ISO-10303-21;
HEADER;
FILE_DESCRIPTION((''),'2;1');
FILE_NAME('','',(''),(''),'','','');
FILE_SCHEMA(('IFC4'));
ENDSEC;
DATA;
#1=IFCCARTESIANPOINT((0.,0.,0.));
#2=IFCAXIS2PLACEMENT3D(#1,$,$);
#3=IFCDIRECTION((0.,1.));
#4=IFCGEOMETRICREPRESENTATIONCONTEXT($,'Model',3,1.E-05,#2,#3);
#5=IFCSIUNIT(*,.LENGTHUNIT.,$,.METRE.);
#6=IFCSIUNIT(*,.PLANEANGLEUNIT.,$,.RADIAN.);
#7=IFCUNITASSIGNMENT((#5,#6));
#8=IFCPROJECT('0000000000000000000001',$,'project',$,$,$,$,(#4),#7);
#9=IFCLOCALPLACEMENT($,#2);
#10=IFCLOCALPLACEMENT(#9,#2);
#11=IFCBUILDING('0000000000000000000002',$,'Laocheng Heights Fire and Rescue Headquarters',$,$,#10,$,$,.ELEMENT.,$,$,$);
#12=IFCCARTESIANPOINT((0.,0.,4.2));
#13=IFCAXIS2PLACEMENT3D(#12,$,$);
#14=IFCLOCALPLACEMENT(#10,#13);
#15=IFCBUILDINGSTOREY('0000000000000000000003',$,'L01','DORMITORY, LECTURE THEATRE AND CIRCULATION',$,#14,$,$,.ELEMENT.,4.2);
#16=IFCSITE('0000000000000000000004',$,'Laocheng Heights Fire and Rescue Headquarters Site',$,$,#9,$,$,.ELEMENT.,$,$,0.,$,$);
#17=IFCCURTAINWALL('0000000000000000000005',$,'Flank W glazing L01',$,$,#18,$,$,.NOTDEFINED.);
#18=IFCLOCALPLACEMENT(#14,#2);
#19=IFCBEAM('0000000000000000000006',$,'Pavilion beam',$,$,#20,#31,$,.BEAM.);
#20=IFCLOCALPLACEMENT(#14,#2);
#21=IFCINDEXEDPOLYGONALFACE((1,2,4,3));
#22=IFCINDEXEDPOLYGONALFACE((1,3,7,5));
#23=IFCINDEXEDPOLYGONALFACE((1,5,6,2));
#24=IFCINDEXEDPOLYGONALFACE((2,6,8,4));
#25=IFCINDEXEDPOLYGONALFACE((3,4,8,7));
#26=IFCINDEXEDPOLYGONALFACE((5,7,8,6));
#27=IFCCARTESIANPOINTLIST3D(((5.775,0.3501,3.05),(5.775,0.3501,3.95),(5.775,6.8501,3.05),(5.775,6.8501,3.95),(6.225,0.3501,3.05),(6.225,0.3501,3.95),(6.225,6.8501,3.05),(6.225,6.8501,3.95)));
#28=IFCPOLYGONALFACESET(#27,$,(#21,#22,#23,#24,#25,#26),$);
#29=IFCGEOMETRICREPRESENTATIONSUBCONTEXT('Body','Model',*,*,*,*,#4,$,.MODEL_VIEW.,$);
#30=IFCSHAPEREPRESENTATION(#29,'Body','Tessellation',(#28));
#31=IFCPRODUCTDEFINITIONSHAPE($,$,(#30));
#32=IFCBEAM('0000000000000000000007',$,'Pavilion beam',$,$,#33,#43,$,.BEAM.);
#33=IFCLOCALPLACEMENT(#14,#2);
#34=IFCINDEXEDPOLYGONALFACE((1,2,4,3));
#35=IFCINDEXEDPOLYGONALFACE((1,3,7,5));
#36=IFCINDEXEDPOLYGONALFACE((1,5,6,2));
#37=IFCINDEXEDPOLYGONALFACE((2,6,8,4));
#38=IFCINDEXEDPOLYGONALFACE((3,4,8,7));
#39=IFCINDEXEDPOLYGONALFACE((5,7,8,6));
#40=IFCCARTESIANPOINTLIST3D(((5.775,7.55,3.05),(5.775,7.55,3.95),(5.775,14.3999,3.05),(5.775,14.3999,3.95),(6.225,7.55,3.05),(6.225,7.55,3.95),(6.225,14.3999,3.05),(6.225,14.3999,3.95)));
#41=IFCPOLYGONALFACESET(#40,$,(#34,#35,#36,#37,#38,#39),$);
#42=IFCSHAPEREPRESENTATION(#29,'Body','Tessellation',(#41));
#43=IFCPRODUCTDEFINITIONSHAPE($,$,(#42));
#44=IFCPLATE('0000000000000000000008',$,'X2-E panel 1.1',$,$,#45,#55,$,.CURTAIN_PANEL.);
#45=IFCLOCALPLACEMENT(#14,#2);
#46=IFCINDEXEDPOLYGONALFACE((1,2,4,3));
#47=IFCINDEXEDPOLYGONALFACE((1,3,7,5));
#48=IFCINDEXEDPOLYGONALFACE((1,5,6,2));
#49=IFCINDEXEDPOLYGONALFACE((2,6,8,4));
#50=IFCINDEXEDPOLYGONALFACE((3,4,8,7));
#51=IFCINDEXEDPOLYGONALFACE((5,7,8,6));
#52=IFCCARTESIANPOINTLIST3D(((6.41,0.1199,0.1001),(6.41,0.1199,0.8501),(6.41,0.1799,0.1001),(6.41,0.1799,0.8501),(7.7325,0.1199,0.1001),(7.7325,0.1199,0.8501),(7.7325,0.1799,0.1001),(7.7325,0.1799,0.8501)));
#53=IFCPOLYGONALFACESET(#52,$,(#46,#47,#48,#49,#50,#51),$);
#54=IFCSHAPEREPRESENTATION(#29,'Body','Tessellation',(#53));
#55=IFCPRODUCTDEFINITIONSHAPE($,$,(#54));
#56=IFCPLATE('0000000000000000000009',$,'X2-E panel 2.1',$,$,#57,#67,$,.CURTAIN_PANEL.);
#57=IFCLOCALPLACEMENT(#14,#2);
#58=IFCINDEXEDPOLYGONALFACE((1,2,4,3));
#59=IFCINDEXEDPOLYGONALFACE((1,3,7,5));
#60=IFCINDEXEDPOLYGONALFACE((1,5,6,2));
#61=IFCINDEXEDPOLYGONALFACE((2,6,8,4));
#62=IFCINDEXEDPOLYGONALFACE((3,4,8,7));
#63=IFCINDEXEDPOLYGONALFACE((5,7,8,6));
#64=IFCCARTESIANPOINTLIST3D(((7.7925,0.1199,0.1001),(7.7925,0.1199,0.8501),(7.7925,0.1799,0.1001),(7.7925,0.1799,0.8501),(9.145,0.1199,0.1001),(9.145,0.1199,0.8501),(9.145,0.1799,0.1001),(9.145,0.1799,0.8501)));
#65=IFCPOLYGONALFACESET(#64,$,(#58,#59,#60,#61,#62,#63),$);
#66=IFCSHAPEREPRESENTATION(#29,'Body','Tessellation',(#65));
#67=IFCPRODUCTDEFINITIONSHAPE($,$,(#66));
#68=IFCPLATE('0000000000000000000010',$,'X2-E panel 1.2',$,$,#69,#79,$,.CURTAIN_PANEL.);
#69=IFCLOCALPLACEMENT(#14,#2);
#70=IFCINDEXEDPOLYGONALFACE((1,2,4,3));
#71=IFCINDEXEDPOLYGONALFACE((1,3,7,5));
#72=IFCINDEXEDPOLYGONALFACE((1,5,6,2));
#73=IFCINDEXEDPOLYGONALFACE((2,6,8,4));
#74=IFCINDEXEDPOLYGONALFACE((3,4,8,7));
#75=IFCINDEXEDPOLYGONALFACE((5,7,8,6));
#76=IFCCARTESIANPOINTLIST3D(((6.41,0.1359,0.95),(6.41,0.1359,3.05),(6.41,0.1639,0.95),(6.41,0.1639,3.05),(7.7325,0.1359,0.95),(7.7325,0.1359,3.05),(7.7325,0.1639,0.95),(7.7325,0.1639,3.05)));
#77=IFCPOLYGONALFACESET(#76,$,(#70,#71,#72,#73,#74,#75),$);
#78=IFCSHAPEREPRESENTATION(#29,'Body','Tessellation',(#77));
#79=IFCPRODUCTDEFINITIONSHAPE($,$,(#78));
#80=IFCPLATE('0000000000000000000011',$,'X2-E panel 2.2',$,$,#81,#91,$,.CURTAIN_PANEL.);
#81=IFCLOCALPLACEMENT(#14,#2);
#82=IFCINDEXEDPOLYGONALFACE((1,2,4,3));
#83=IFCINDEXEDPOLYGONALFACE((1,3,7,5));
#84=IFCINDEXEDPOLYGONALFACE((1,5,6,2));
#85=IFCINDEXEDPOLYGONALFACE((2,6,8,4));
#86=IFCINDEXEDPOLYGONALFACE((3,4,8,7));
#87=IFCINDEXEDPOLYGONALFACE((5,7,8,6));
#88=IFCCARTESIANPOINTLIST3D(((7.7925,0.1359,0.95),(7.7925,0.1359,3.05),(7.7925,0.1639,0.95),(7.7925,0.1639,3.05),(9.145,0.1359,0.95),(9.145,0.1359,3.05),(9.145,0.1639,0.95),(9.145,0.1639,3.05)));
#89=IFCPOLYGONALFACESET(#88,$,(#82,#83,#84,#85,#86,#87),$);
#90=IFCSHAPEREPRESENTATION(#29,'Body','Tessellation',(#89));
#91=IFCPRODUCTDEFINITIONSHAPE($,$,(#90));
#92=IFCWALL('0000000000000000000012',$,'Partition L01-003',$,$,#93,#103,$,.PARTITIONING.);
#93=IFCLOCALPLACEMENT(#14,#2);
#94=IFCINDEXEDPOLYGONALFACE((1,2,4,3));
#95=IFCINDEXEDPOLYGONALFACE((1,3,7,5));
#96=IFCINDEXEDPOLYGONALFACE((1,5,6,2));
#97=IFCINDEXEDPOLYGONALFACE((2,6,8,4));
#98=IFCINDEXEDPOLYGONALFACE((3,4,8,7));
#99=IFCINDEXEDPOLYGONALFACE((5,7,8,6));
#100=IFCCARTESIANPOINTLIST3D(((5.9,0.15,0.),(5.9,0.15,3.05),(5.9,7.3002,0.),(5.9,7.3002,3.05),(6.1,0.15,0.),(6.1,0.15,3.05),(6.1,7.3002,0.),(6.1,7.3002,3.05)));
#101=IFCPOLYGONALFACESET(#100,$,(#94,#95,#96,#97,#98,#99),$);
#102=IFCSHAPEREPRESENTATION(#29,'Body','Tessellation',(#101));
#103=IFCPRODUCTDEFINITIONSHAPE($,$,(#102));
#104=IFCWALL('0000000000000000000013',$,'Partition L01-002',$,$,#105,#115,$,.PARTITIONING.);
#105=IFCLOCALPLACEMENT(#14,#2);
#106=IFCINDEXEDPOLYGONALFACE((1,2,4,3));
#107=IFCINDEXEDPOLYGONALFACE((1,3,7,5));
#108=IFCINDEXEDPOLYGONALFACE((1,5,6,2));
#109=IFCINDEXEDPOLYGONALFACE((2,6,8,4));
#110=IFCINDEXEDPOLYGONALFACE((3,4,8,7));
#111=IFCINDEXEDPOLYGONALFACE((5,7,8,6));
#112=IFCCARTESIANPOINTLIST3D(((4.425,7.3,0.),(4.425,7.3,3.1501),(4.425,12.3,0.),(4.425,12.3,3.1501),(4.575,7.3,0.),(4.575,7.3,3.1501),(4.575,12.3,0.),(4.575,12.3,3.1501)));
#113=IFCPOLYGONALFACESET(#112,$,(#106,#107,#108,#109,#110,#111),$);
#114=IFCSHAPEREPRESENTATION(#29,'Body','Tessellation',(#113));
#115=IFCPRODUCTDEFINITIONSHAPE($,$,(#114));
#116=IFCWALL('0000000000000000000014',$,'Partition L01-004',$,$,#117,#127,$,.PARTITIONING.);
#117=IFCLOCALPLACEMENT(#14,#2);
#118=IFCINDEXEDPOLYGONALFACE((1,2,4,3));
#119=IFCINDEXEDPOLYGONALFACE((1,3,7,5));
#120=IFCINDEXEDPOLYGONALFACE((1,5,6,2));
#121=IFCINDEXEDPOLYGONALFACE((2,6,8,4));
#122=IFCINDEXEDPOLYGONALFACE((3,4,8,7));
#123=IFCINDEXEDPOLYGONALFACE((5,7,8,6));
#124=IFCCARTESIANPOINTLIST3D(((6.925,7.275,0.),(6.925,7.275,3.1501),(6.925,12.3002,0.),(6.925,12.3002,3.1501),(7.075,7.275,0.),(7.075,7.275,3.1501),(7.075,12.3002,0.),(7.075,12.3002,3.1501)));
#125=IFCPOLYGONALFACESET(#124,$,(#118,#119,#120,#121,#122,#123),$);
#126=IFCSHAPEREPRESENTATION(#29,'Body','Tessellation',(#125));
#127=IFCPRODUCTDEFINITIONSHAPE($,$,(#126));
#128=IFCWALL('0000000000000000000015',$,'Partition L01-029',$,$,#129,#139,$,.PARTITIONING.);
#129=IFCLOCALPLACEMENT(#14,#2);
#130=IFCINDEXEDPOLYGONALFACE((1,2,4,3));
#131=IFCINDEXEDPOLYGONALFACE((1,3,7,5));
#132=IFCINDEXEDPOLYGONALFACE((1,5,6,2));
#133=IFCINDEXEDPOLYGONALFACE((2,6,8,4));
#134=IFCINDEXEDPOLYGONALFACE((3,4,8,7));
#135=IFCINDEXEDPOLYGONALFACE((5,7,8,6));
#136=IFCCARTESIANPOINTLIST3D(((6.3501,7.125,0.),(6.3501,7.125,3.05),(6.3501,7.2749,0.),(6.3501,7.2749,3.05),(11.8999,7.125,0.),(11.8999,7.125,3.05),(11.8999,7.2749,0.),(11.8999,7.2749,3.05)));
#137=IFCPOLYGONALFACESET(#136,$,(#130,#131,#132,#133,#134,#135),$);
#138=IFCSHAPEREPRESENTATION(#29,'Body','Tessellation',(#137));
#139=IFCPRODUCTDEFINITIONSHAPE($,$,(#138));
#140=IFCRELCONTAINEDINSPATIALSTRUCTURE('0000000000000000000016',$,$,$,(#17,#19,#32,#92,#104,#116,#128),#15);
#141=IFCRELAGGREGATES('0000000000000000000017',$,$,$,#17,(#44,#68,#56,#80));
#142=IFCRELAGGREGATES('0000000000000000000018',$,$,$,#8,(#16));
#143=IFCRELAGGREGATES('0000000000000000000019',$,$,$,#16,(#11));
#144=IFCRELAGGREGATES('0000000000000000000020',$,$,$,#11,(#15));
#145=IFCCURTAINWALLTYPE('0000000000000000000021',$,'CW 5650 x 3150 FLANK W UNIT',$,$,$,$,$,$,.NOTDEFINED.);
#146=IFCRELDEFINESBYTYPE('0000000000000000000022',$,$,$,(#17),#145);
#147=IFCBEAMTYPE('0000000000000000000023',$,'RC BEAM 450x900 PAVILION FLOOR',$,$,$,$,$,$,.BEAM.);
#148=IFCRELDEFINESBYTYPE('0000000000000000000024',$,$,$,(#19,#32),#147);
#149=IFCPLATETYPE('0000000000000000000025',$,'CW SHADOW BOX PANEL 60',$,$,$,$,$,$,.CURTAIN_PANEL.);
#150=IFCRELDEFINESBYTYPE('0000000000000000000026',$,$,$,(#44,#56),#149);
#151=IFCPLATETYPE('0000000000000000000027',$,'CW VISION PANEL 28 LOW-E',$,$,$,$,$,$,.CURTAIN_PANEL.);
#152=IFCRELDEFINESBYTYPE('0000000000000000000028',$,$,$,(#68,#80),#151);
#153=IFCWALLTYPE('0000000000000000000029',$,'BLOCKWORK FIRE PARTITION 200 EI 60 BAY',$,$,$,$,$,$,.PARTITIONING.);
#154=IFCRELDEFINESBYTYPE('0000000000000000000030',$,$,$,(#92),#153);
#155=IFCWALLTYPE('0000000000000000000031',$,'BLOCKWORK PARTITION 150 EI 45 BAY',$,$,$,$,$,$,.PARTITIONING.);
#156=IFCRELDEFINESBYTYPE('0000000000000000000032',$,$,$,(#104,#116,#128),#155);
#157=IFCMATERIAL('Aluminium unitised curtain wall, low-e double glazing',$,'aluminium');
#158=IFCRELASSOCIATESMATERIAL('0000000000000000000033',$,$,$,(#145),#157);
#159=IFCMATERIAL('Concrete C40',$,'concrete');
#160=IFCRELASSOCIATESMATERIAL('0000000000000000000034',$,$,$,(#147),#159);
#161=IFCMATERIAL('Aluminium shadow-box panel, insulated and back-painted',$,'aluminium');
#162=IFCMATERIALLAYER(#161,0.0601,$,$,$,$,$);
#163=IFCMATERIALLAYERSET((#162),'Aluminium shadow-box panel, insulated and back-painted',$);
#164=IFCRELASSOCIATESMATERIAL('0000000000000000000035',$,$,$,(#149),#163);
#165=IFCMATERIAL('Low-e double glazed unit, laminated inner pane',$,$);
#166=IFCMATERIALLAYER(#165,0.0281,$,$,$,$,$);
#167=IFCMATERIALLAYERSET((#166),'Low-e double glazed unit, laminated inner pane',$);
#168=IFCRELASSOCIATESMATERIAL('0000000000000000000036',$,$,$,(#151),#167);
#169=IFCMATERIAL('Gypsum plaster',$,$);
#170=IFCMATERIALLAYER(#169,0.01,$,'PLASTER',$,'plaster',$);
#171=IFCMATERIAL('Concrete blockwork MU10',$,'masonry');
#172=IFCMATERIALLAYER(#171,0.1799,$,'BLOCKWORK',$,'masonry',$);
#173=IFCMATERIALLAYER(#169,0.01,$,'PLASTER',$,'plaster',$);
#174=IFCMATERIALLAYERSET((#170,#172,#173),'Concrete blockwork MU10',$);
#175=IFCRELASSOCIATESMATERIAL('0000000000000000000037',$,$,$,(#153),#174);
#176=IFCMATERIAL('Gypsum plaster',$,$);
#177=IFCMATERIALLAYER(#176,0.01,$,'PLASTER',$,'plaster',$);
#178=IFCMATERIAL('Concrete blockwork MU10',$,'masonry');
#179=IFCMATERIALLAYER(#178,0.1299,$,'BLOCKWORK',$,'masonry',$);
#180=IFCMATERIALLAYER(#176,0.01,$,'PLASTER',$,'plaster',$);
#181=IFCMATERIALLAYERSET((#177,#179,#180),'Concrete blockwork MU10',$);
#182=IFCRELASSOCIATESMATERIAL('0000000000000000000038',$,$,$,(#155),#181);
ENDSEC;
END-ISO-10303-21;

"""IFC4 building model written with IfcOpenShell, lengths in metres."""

from ifc_helpers import new_model, si_unit, direction, frame, frame_2d, origin, origin_2d, place, context, subcontext, project, spatial, rectangle, extrude, material, layer, layer_set, material_profile, profile_set, type_object, element, aggregate, save


model = new_model("IFC4")

# Units and contexts
model_context = context("Model", 3, precision=1e-05, world=origin(), true_north=direction((0.0, 1.0)))
body_context = subcontext(model_context, "Body", "Model", "MODEL_VIEW")
ifc_project = project(units=[si_unit("LENGTHUNIT", "METRE"), si_unit("PLANEANGLEUNIT", "RADIAN")], contexts=[model_context])

# Site, building, storey
site_placement = place(None, origin())
site = spatial("IfcSite", under=ifc_project, at=site_placement, Name="Laocheng Heights Fire and Rescue Headquarters Site", CompositionType="ELEMENT", RefElevation=0.0)
building_placement = place(site_placement, origin())
building = spatial("IfcBuilding", under=site, at=building_placement, Name="Laocheng Heights Fire and Rescue Headquarters", CompositionType="ELEMENT")
storey_placement = place(building_placement, frame((0.0, 0.0, 4.2)))
storey = spatial("IfcBuildingStorey", under=building, at=storey_placement, Name="L01", Description="DORMITORY, LECTURE THEATRE AND CIRCULATION", CompositionType="ELEMENT", Elevation=4.2)

# Curtain wall
ifc_material_1 = material(Name="Aluminium unitised curtain wall, low-e double glazing", Category="aluminium")
curtain_wall_type = type_object("IfcCurtainWallType", Name="CW 5650 x 3150 FLANK W UNIT", PredefinedType="NOTDEFINED", material=ifc_material_1)
curtain_wall_placement = place(storey_placement, origin())
curtain_wall = element("IfcCurtainWall", 1, at=curtain_wall_placement, inside=storey, type_object=curtain_wall_type, Name="Flank W glazing L01", PredefinedType="NOTDEFINED")

# Beams
ifc_material_2 = material(Name="Concrete C40", Category="concrete")
ifc_material_profile_1 = material_profile(ifc_material_2, rectangle(XDim=0.45, YDim=0.8999, at=origin_2d()), Name="RC BEAM 450x900 PAVILION FLOOR")
ifc_profile_set_1 = profile_set([ifc_material_profile_1], Name="Concrete C40")
beam_type_1 = type_object("IfcBeamType", Name="RC BEAM 450x900 PAVILION FLOOR", PredefinedType="BEAM", material=ifc_profile_set_1)
beam_1_placement = place(storey_placement, frame((6.0, 0.3501, 3.5), z_axis=(0.0, 1.0, 0.0), x_axis=(-1.0, 0.0, 0.0)))
element("IfcBeam", 2, at=beam_1_placement, inside=storey, type_object=beam_type_1, Name="Pavilion beam", PredefinedType="BEAM", context=body_context, shape_type="SweptSolid", body=[
    extrude(rectangle(XDim=0.45, YDim=0.8999, at=origin_2d()), origin(), (0.0, 0.0, 1.0), 6.5),
])
beam_2_placement = place(storey_placement, frame((6.0, 7.55, 3.5), z_axis=(0.0, 1.0, 0.0), x_axis=(-1.0, 0.0, 0.0)))
element("IfcBeam", 3, at=beam_2_placement, inside=storey, type_object=beam_type_1, Name="Pavilion beam", PredefinedType="BEAM", context=body_context, shape_type="SweptSolid", body=[
    extrude(rectangle(XDim=0.45, YDim=0.8999, at=origin_2d()), origin(), (0.0, 0.0, 1.0), 6.8499),
])

# Plates
ifc_material_3 = material(Name="Aluminium shadow-box panel, insulated and back-painted", Category="aluminium")
ifc_layer_1 = layer(ifc_material_3, 0.0601)
ifc_layer_set_1 = layer_set([ifc_layer_1], Name="Aluminium shadow-box panel, insulated and back-painted")
plate_type_1 = type_object("IfcPlateType", Name="CW SHADOW BOX PANEL 60", PredefinedType="CURTAIN_PANEL", material=ifc_layer_set_1)
plate_1_placement = place(storey_placement, frame((7.0713, 0.1499, 0.1001), z_axis=(0.0, 0.0, 1.0), x_axis=(1.0, 0.0, 0.0)))
plate_1 = element("IfcPlate", 4, at=plate_1_placement, type_object=plate_type_1, Name="X2-E panel 1.1", PredefinedType="CURTAIN_PANEL", context=body_context, shape_type="SweptSolid", body=[
    extrude(rectangle(XDim=1.3225, YDim=0.0601, at=origin_2d()), origin(), (0.0, 0.0, 1.0), 0.75),
])
plate_2_placement = place(storey_placement, frame((8.4688, 0.1499, 0.1001), z_axis=(0.0, 0.0, 1.0), x_axis=(1.0, 0.0, 0.0)))
plate_2 = element("IfcPlate", 5, at=plate_2_placement, type_object=plate_type_1, Name="X2-E panel 2.1", PredefinedType="CURTAIN_PANEL", context=body_context, shape_type="SweptSolid", body=[
    extrude(rectangle(XDim=1.3525, YDim=0.0601, at=origin_2d()), origin(), (0.0, 0.0, 1.0), 0.75),
])
ifc_material_4 = material(Name="Low-e double glazed unit, laminated inner pane")
ifc_layer_2 = layer(ifc_material_4, 0.0281)
ifc_layer_set_2 = layer_set([ifc_layer_2], Name="Low-e double glazed unit, laminated inner pane")
plate_type_2 = type_object("IfcPlateType", Name="CW VISION PANEL 28 LOW-E", PredefinedType="CURTAIN_PANEL", material=ifc_layer_set_2)
plate_3_placement = place(storey_placement, frame((7.0713, 0.1499, 0.95), z_axis=(0.0, 0.0, 1.0), x_axis=(1.0, 0.0, 0.0)))
plate_3 = element("IfcPlate", 6, at=plate_3_placement, type_object=plate_type_2, Name="X2-E panel 1.2", PredefinedType="CURTAIN_PANEL", context=body_context, shape_type="SweptSolid", body=[
    extrude(rectangle(XDim=1.3225, YDim=0.0281, at=origin_2d()), origin(), (0.0, 0.0, 1.0), 2.1001),
])
plate_4_placement = place(storey_placement, frame((8.4688, 0.1499, 0.95), z_axis=(0.0, 0.0, 1.0), x_axis=(1.0, 0.0, 0.0)))
plate_4 = element("IfcPlate", 7, at=plate_4_placement, type_object=plate_type_2, Name="X2-E panel 2.2", PredefinedType="CURTAIN_PANEL", context=body_context, shape_type="SweptSolid", body=[
    extrude(rectangle(XDim=1.3525, YDim=0.0281, at=origin_2d()), origin(), (0.0, 0.0, 1.0), 2.1001),
])
aggregate(curtain_wall, [plate_1, plate_3, plate_2, plate_4])

# Walls
ifc_material_5 = material(Name="Gypsum plaster")
ifc_layer_3 = layer(ifc_material_5, 0.01, Name="PLASTER", Category="plaster")
ifc_material_6 = material(Name="Concrete blockwork MU10", Category="masonry")
ifc_layer_4 = layer(ifc_material_6, 0.1799, Name="BLOCKWORK", Category="masonry")
ifc_layer_5 = layer(ifc_material_5, 0.01, Name="PLASTER", Category="plaster")
ifc_layer_set_3 = layer_set([ifc_layer_3, ifc_layer_4, ifc_layer_5], Name="Concrete blockwork MU10")
wall_type_1 = type_object("IfcWallType", Name="BLOCKWORK FIRE PARTITION 200 EI 60 BAY", PredefinedType="PARTITIONING", material=ifc_layer_set_3)
wall_1_placement = place(storey_placement, frame((6.0, 0.1499, 0.0), z_axis=(0.0, 0.0, 1.0), x_axis=(0.0, 1.0, 0.0)))
element("IfcWall", 8, at=wall_1_placement, inside=storey, type_object=wall_type_1, Name="Partition L01-003", PredefinedType="PARTITIONING", context=body_context, shape_type="SweptSolid", body=[
    extrude(rectangle(XDim=7.1501, YDim=0.2, at=frame_2d((3.5752, 0.0))), origin(), (0.0, 0.0, 1.0), 3.05),
])
ifc_material_7 = material(Name="Gypsum plaster")
ifc_layer_6 = layer(ifc_material_7, 0.01, Name="PLASTER", Category="plaster")
ifc_material_8 = material(Name="Concrete blockwork MU10", Category="masonry")
ifc_layer_7 = layer(ifc_material_8, 0.1299, Name="BLOCKWORK", Category="masonry")
ifc_layer_8 = layer(ifc_material_7, 0.01, Name="PLASTER", Category="plaster")
ifc_layer_set_4 = layer_set([ifc_layer_6, ifc_layer_7, ifc_layer_8], Name="Concrete blockwork MU10")
wall_type_2 = type_object("IfcWallType", Name="BLOCKWORK PARTITION 150 EI 45 BAY", PredefinedType="PARTITIONING", material=ifc_layer_set_4)
wall_2_placement = place(storey_placement, frame((4.5, 7.3, 0.0), z_axis=(0.0, 0.0, 1.0), x_axis=(0.0, 1.0, 0.0)))
element("IfcWall", 9, at=wall_2_placement, inside=storey, type_object=wall_type_2, Name="Partition L01-002", PredefinedType="PARTITIONING", context=body_context, shape_type="SweptSolid", body=[
    extrude(rectangle(XDim=5.0, YDim=0.1499, at=frame_2d((2.5, 0.0))), origin(), (0.0, 0.0, 1.0), 3.1501),
])
wall_3_placement = place(storey_placement, frame((7.0, 7.2749, 0.0), z_axis=(0.0, 0.0, 1.0), x_axis=(0.0, 1.0, 0.0)))
element("IfcWall", 10, at=wall_3_placement, inside=storey, type_object=wall_type_2, Name="Partition L01-004", PredefinedType="PARTITIONING", context=body_context, shape_type="SweptSolid", body=[
    extrude(rectangle(XDim=5.0251, YDim=0.1499, at=frame_2d((2.5127, 0.0))), origin(), (0.0, 0.0, 1.0), 3.1501),
])
wall_4_placement = place(storey_placement, frame((6.3501, 7.2, 0.0), z_axis=(0.0, 0.0, 1.0), x_axis=(1.0, 0.0, 0.0)))
element("IfcWall", 11, at=wall_4_placement, inside=storey, type_object=wall_type_2, Name="Partition L01-029", PredefinedType="PARTITIONING", context=body_context, shape_type="SweptSolid", body=[
    extrude(rectangle(XDim=5.5498, YDim=0.1499, at=frame_2d((2.7749, 0.0))), origin(), (0.0, 0.0, 1.0), 3.05),
])

save(model, "model.ifc")
